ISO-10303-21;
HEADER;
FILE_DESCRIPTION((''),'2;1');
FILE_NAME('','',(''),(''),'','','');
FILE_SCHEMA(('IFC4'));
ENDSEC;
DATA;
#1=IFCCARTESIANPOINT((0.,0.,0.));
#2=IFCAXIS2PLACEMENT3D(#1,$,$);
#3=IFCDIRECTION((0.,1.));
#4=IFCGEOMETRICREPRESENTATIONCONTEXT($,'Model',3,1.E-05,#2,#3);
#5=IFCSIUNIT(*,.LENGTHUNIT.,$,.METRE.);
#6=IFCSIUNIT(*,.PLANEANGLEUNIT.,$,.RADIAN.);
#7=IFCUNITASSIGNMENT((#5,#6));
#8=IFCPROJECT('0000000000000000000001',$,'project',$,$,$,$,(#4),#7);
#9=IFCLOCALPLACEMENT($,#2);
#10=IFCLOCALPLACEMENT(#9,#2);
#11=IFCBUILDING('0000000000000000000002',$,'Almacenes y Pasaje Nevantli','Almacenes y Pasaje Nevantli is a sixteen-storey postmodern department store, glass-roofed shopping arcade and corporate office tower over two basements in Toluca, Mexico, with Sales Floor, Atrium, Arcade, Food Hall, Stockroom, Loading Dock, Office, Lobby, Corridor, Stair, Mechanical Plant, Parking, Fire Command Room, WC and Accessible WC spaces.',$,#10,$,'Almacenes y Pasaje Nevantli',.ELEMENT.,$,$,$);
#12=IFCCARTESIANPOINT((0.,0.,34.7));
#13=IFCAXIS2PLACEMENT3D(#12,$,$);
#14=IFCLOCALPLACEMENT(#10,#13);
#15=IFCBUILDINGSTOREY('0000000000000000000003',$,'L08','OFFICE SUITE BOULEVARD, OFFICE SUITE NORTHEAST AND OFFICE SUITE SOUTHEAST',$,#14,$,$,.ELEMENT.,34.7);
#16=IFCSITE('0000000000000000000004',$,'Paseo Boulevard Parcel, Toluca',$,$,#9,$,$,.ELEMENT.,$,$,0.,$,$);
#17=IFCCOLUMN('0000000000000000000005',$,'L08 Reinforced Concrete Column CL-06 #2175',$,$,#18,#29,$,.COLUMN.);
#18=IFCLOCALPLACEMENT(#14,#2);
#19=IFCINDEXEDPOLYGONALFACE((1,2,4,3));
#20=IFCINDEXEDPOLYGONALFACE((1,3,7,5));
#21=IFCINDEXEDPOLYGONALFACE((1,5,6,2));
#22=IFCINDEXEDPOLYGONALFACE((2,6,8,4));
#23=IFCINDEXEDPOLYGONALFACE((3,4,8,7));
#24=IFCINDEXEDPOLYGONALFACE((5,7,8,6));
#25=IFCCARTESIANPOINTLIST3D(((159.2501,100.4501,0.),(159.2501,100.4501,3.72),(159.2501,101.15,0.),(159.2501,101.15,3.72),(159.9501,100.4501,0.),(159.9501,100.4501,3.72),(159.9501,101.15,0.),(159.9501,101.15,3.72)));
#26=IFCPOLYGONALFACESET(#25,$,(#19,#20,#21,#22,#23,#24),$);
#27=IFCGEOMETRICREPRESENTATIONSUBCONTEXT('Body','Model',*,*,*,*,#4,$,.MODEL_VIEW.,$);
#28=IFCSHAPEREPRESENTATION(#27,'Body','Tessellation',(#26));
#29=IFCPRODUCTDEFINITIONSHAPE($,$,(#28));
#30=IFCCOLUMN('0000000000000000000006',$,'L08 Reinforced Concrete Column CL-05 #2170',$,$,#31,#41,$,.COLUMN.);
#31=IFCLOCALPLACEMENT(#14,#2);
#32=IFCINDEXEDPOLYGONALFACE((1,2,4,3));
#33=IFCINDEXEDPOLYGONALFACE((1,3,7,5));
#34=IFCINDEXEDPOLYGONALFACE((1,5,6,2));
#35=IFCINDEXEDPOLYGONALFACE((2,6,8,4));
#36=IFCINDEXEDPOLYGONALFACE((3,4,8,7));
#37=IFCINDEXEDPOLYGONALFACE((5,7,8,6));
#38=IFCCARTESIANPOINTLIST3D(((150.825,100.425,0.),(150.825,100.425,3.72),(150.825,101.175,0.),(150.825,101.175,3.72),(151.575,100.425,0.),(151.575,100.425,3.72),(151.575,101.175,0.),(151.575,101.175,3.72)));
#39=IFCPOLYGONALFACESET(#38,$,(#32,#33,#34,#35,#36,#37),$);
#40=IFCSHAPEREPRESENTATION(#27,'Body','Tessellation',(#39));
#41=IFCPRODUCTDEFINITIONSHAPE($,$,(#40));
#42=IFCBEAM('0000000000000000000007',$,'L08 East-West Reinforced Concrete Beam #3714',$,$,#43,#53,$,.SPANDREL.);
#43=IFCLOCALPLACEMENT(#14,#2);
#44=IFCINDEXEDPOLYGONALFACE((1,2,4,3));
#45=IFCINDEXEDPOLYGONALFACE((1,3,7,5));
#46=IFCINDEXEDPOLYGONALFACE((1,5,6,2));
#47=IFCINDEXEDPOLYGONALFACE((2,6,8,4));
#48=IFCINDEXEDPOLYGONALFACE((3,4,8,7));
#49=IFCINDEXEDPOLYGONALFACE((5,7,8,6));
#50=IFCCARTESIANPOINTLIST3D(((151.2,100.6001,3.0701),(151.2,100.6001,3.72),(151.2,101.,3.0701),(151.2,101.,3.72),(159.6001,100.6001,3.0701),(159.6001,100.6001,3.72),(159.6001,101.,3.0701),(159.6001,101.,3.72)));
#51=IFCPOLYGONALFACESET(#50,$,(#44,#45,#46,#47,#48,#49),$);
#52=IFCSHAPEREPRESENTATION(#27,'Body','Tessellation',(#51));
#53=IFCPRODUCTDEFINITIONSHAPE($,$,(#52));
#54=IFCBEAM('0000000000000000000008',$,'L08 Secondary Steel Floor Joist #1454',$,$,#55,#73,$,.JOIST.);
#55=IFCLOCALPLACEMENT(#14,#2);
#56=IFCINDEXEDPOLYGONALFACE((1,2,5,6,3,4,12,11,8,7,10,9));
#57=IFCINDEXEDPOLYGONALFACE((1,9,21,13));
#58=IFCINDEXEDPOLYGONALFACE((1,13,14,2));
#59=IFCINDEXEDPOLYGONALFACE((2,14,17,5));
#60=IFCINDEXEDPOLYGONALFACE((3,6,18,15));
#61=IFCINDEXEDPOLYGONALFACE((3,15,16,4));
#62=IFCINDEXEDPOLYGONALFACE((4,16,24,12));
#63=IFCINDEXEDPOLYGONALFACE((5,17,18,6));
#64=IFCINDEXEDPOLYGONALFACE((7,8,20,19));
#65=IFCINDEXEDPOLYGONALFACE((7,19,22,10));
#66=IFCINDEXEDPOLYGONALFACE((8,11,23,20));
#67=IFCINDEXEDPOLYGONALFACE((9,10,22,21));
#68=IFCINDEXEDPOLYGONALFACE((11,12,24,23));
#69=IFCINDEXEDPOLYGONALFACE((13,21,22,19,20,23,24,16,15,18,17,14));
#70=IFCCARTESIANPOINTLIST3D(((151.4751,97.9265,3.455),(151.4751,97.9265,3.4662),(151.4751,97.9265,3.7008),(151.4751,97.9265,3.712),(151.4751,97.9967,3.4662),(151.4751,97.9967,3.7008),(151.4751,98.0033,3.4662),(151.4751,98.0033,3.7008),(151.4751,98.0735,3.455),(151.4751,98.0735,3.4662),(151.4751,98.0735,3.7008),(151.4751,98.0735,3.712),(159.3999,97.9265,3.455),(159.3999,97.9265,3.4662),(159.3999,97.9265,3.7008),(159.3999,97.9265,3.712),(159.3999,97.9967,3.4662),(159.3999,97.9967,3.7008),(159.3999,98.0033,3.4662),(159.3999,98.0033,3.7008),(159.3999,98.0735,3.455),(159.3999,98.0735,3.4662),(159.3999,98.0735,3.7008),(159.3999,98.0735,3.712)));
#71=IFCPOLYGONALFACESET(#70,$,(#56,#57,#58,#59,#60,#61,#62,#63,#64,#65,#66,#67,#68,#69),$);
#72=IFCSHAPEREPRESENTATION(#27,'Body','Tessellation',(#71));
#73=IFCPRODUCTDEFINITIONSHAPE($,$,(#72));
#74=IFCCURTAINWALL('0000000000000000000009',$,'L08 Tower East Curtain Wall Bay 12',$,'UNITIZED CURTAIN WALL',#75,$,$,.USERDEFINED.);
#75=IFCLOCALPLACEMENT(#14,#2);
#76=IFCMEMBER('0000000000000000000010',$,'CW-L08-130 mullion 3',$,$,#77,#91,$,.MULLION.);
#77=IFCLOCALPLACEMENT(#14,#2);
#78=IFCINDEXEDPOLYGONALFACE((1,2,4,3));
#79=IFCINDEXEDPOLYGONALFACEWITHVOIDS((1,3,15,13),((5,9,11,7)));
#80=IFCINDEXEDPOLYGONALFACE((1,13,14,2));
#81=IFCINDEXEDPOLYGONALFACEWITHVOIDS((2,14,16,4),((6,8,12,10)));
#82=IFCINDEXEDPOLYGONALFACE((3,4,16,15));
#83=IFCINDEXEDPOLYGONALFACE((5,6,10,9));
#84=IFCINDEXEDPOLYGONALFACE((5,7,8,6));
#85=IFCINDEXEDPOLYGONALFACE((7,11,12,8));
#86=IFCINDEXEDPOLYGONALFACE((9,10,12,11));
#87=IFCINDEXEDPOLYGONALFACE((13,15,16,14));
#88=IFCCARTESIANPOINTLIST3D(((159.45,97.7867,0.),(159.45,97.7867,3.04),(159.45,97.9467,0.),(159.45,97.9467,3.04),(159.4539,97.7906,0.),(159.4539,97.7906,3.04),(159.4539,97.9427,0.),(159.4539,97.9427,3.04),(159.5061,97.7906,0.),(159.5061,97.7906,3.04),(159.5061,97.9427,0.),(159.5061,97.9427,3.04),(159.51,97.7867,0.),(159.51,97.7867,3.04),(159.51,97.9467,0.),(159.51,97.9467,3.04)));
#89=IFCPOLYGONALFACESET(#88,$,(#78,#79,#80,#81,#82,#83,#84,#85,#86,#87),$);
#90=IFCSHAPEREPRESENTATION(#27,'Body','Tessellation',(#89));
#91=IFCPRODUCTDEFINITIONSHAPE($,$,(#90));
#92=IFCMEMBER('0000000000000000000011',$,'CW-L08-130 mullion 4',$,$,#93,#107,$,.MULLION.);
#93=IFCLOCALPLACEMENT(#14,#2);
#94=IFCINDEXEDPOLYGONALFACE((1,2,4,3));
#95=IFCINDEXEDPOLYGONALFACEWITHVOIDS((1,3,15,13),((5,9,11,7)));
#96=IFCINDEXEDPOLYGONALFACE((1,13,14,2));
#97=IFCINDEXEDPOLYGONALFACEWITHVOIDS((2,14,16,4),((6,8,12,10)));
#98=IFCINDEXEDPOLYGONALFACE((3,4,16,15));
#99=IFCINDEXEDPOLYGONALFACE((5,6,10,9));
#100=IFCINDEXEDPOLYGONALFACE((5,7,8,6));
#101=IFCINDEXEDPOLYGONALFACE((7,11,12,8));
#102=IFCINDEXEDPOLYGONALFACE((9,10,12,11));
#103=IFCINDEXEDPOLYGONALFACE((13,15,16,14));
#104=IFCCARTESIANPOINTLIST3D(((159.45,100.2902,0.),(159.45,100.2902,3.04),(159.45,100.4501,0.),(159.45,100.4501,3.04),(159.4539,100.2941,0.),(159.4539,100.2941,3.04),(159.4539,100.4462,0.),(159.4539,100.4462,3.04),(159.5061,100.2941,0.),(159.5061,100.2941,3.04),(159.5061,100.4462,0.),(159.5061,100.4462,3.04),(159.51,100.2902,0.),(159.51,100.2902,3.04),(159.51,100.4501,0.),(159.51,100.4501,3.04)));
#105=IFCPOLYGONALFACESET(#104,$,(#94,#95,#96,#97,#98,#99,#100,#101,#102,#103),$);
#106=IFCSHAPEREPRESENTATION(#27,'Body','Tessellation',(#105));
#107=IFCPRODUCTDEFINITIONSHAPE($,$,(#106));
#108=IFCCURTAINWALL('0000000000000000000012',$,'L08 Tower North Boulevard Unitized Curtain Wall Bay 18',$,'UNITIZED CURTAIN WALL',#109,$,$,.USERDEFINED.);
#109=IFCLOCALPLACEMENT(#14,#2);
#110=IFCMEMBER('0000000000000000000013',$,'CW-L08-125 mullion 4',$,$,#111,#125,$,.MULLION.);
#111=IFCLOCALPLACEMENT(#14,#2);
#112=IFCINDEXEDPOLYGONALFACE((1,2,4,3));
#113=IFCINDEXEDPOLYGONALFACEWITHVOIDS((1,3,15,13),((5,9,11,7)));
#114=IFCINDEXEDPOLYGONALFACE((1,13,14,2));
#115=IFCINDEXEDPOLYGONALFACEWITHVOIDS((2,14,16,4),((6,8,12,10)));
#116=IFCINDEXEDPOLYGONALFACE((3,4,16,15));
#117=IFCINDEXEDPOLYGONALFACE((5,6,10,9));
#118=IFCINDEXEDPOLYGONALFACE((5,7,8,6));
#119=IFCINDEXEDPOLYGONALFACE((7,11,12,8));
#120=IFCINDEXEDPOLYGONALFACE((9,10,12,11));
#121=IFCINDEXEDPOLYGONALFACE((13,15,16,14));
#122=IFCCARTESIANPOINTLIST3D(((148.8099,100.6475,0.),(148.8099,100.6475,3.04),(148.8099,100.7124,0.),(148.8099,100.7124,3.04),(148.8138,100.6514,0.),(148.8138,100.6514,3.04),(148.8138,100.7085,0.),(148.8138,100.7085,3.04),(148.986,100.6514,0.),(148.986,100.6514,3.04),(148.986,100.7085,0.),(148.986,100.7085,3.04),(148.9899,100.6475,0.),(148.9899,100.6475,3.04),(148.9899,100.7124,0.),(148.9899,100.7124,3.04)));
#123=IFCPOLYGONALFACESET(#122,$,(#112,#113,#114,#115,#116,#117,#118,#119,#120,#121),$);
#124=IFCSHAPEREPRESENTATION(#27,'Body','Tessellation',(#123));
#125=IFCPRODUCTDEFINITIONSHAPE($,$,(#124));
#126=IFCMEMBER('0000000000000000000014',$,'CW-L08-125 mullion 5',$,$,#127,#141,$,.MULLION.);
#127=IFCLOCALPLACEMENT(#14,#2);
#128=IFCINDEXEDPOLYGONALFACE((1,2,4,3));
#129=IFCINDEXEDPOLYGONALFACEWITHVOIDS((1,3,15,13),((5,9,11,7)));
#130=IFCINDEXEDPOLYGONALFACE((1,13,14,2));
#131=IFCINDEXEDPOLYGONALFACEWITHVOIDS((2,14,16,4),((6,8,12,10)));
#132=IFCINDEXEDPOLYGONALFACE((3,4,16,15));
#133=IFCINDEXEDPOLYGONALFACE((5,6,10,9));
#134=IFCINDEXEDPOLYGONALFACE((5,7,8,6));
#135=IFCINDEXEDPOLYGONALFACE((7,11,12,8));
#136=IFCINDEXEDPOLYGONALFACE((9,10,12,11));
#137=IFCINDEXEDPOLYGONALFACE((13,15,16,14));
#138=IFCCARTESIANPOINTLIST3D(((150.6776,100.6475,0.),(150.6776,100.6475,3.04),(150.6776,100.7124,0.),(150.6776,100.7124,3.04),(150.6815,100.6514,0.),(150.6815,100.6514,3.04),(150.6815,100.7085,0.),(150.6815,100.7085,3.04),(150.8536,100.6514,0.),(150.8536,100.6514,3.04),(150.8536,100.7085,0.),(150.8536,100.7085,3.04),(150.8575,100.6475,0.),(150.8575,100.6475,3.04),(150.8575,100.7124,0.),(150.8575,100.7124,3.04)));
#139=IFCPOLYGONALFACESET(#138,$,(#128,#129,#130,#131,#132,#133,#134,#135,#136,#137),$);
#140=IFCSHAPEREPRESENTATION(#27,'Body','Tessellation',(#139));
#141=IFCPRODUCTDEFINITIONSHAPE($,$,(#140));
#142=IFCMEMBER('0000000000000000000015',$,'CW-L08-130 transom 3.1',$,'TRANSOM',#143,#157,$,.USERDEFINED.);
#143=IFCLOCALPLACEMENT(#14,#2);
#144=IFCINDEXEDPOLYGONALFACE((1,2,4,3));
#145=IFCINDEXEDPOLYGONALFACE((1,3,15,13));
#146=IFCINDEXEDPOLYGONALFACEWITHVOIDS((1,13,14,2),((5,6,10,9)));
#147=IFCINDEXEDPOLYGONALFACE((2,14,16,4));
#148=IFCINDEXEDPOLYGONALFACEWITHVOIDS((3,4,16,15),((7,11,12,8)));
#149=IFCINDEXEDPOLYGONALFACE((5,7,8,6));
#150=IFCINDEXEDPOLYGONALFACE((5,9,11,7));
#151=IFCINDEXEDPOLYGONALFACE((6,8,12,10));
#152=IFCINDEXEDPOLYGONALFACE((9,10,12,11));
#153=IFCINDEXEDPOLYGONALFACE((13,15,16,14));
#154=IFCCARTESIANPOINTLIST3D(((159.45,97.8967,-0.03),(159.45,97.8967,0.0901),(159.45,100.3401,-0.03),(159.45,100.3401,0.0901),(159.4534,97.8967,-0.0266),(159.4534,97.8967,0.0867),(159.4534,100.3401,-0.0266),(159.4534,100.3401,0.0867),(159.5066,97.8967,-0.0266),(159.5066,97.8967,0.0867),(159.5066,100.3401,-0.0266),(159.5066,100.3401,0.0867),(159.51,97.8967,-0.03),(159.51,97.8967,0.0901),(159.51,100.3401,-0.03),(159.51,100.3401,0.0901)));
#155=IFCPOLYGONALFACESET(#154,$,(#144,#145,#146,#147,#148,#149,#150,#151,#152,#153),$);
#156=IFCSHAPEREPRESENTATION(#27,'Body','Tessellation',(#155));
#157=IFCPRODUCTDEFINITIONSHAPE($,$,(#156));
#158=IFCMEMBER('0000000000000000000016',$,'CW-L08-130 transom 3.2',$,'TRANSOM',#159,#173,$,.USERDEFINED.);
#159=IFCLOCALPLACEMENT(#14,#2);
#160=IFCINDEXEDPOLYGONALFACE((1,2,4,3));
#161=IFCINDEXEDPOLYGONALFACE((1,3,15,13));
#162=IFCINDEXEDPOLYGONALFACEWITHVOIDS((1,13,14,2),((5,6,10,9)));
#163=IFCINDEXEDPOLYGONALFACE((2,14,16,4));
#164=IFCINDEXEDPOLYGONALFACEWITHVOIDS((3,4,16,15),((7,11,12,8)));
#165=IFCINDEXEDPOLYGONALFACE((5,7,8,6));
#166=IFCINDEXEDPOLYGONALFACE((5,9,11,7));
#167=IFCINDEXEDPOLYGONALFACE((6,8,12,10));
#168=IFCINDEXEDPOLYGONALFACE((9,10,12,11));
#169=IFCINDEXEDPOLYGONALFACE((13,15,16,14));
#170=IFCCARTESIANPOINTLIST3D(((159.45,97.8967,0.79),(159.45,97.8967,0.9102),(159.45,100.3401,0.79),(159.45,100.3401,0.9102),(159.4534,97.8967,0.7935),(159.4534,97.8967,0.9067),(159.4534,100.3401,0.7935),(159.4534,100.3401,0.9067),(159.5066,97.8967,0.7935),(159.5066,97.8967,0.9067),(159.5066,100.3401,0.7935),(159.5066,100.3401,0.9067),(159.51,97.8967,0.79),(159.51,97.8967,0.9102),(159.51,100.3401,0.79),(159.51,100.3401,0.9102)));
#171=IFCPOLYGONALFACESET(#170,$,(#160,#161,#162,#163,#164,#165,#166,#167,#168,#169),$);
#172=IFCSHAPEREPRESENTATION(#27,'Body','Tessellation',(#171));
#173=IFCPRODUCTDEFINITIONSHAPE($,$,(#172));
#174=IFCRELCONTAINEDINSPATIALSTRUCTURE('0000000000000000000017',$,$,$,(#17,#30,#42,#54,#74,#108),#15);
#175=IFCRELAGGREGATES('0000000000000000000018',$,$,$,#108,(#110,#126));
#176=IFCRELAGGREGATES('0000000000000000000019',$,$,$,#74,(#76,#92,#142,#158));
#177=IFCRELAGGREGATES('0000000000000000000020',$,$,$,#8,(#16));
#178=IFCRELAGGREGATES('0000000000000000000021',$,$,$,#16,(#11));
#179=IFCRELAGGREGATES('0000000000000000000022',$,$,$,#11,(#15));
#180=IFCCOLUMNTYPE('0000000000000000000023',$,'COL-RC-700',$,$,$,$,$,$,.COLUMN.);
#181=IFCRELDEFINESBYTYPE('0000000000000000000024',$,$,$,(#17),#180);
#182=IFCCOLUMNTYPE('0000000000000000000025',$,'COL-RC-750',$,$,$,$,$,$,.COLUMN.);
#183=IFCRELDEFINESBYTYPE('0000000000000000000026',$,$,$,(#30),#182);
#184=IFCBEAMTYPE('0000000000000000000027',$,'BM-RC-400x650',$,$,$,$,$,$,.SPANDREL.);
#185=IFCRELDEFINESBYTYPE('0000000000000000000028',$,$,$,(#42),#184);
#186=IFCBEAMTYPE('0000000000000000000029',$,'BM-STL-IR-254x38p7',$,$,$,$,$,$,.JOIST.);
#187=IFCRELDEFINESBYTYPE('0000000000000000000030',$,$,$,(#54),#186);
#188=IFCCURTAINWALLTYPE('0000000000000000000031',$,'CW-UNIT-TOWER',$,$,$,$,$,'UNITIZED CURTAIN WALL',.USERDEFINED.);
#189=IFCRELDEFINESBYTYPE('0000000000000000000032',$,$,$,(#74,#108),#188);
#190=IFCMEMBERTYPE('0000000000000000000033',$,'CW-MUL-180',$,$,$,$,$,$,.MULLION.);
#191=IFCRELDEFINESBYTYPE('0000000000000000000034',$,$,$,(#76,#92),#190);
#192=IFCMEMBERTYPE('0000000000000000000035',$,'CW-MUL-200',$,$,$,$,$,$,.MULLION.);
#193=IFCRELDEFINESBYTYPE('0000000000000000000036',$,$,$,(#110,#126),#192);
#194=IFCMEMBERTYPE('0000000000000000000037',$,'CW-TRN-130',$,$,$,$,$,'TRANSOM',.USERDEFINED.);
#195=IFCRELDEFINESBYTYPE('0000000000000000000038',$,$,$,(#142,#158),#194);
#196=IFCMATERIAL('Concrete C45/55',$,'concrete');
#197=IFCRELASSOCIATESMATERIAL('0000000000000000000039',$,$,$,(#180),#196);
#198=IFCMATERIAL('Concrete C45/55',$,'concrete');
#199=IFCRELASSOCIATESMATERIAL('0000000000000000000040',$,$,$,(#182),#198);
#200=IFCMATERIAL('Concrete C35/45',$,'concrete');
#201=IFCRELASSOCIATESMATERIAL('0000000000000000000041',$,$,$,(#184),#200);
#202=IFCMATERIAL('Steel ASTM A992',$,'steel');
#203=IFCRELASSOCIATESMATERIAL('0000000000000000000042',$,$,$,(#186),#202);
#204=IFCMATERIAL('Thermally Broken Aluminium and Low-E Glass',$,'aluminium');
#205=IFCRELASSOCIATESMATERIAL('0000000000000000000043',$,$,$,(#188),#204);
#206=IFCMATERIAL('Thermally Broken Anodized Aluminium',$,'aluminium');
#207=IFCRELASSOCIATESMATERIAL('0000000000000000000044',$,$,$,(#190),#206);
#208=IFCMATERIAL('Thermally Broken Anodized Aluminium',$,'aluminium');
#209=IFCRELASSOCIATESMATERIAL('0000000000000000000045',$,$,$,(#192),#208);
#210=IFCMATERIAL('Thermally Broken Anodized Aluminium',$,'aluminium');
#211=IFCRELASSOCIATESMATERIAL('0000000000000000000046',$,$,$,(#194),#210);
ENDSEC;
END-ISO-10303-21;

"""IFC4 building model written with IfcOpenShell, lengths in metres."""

from ifc_helpers import new_model, si_unit, direction, frame, origin, origin_2d, place, context, subcontext, project, spatial, rectangle, hollow_rectangle, i_section, extrude, material, material_profile, profile_set, type_object, element, aggregate, save


model = new_model("IFC4")

# Units and contexts
model_context = context("Model", 3, precision=1e-05, world=origin(), true_north=direction((0.0, 1.0)))
body_context = subcontext(model_context, "Body", "Model", "MODEL_VIEW")
ifc_project = project(units=[si_unit("LENGTHUNIT", "METRE"), si_unit("PLANEANGLEUNIT", "RADIAN")], contexts=[model_context])

# Site, building, storey
site_placement = place(None, origin())
site = spatial("IfcSite", under=ifc_project, at=site_placement, Name="Paseo Boulevard Parcel, Toluca", CompositionType="ELEMENT", RefElevation=0.0)
building_placement = place(site_placement, origin())
building = spatial("IfcBuilding", under=site, at=building_placement, Name="Almacenes y Pasaje Nevantli", Description="Almacenes y Pasaje Nevantli is a sixteen-storey postmodern department store, glass-roofed shopping arcade and corporate office tower over two basements in Toluca, Mexico, with Sales Floor, Atrium, Arcade, Food Hall, Stockroom, Loading Dock, Office, Lobby, Corridor, Stair, Mechanical Plant, Parking, Fire Command Room, WC and Accessible WC spaces.", LongName="Almacenes y Pasaje Nevantli", CompositionType="ELEMENT")
storey_placement = place(building_placement, frame((0.0, 0.0, 34.7)))
storey = spatial("IfcBuildingStorey", under=building, at=storey_placement, Name="L08", Description="OFFICE SUITE BOULEVARD, OFFICE SUITE NORTHEAST AND OFFICE SUITE SOUTHEAST", CompositionType="ELEMENT", Elevation=34.7)

# Columns
ifc_material_1 = material(Name="Concrete C45/55", Category="concrete")
ifc_material_profile_1 = material_profile(ifc_material_1, rectangle(XDim=0.7, YDim=0.7, at=origin_2d()), Name="RC-COL-700x700")
ifc_profile_set_1 = profile_set([ifc_material_profile_1], Name="Concrete C45/55")
column_type_1 = type_object("IfcColumnType", Name="COL-RC-700", PredefinedType="COLUMN", material=ifc_profile_set_1)
column_1_placement = place(storey_placement, frame((159.6001, 100.8, 0.0), z_axis=(0.0, 0.0, 1.0), x_axis=(1.0, 0.0, 0.0)))
element("IfcColumn", 1, at=column_1_placement, inside=storey, type_object=column_type_1, Name="L08 Reinforced Concrete Column CL-06 #2175", PredefinedType="COLUMN", context=body_context, shape_type="SweptSolid", body=[
    extrude(rectangle(XDim=0.7, YDim=0.7, at=origin_2d()), origin(), (0.0, 0.0, 1.0), 3.72),
])
ifc_material_2 = material(Name="Concrete C45/55", Category="concrete")
ifc_material_profile_2 = material_profile(ifc_material_2, rectangle(XDim=0.75, YDim=0.75, at=origin_2d()), Name="RC-COL-750x750")
ifc_profile_set_2 = profile_set([ifc_material_profile_2], Name="Concrete C45/55")
column_type_2 = type_object("IfcColumnType", Name="COL-RC-750", PredefinedType="COLUMN", material=ifc_profile_set_2)
column_2_placement = place(storey_placement, frame((151.2, 100.8, 0.0), z_axis=(0.0, 0.0, 1.0), x_axis=(1.0, 0.0, 0.0)))
element("IfcColumn", 2, at=column_2_placement, inside=storey, type_object=column_type_2, Name="L08 Reinforced Concrete Column CL-05 #2170", PredefinedType="COLUMN", context=body_context, shape_type="SweptSolid", body=[
    extrude(rectangle(XDim=0.75, YDim=0.75, at=origin_2d()), origin(), (0.0, 0.0, 1.0), 3.72),
])

# Beams
ifc_material_3 = material(Name="Concrete C35/45", Category="concrete")
ifc_material_profile_3 = material_profile(ifc_material_3, rectangle(XDim=0.3999, YDim=0.6499, at=origin_2d()), Name="RC-BM-400x650")
ifc_profile_set_3 = profile_set([ifc_material_profile_3], Name="Concrete C35/45")
beam_type_1 = type_object("IfcBeamType", Name="BM-RC-400x650", PredefinedType="SPANDREL", material=ifc_profile_set_3)
beam_1_placement = place(storey_placement, frame((151.2, 100.8, 3.395), z_axis=(1.0, 0.0, 0.0), x_axis=(0.0, 1.0, 0.0)))
element("IfcBeam", 3, at=beam_1_placement, inside=storey, type_object=beam_type_1, Name="L08 East-West Reinforced Concrete Beam #3714", PredefinedType="SPANDREL", context=body_context, shape_type="SweptSolid", body=[
    extrude(rectangle(XDim=0.3999, YDim=0.6499, at=origin_2d()), origin(), (0.0, 0.0, 1.0), 8.4001),
])
ifc_material_4 = material(Name="Steel ASTM A992", Category="steel")
ifc_material_profile_4 = material_profile(ifc_material_4, i_section(OverallWidth=0.147, OverallDepth=0.2571, WebThickness=0.0066, FlangeThickness=0.0112, at=origin_2d()), Name="IR 254x38.7")
ifc_profile_set_4 = profile_set([ifc_material_profile_4], Name="Steel ASTM A992")
beam_type_2 = type_object("IfcBeamType", Name="BM-STL-IR-254x38p7", PredefinedType="JOIST", material=ifc_profile_set_4)
beam_2_placement = place(storey_placement, frame((151.4751, 98.0, 3.5835), z_axis=(1.0, 0.0, 0.0), x_axis=(0.0, 1.0, 0.0)))
element("IfcBeam", 4, at=beam_2_placement, inside=storey, type_object=beam_type_2, Name="L08 Secondary Steel Floor Joist #1454", PredefinedType="JOIST", context=body_context, shape_type="SweptSolid", body=[
    extrude(i_section(OverallWidth=0.147, OverallDepth=0.2571, WebThickness=0.0066, FlangeThickness=0.0112, at=origin_2d()), origin(), (0.0, 0.0, 1.0), 7.9248),
])

# Curtain walls, members
ifc_material_5 = material(Name="Thermally Broken Aluminium and Low-E Glass", Category="aluminium")
curtain_wall_type = type_object("IfcCurtainWallType", Name="CW-UNIT-TOWER", ElementType="UNITIZED CURTAIN WALL", PredefinedType="USERDEFINED", material=ifc_material_5)
curtain_wall_1_placement = place(storey_placement, origin())
curtain_wall_1 = element("IfcCurtainWall", 5, at=curtain_wall_1_placement, inside=storey, type_object=curtain_wall_type, Name="L08 Tower East Curtain Wall Bay 12", ObjectType="UNITIZED CURTAIN WALL", PredefinedType="USERDEFINED")
ifc_material_6 = material(Name="Thermally Broken Anodized Aluminium", Category="aluminium")
ifc_material_profile_5 = material_profile(ifc_material_6, hollow_rectangle(XDim=0.0601, YDim=0.1599, WallThickness=0.0039, at=origin_2d()), Name="ALU-MUL-60x160")
ifc_profile_set_5 = profile_set([ifc_material_profile_5], Name="Thermally Broken Anodized Aluminium")
member_type_1 = type_object("IfcMemberType", Name="CW-MUL-180", PredefinedType="MULLION", material=ifc_profile_set_5)
member_1_placement = place(storey_placement, frame((159.48, 97.8667, 0.0), z_axis=(0.0, 0.0, 1.0), x_axis=(-1.0, 0.0, 0.0)))
member_1 = element("IfcMember", 6, at=member_1_placement, type_object=member_type_1, Name="CW-L08-130 mullion 3", PredefinedType="MULLION", context=body_context, shape_type="SweptSolid", body=[
    extrude(hollow_rectangle(XDim=0.0601, YDim=0.1599, WallThickness=0.0039, at=origin_2d()), origin(), (0.0, 0.0, 1.0), 3.04),
])
member_2_placement = place(storey_placement, frame((159.48, 100.3701, 0.0), z_axis=(0.0, 0.0, 1.0), x_axis=(-1.0, 0.0, 0.0)))
member_2 = element("IfcMember", 7, at=member_2_placement, type_object=member_type_1, Name="CW-L08-130 mullion 4", PredefinedType="MULLION", context=body_context, shape_type="SweptSolid", body=[
    extrude(hollow_rectangle(XDim=0.0601, YDim=0.1599, WallThickness=0.0039, at=origin_2d()), origin(), (0.0, 0.0, 1.0), 3.04),
])
curtain_wall_2_placement = place(storey_placement, origin())
curtain_wall_2 = element("IfcCurtainWall", 8, at=curtain_wall_2_placement, inside=storey, type_object=curtain_wall_type, Name="L08 Tower North Boulevard Unitized Curtain Wall Bay 18", ObjectType="UNITIZED CURTAIN WALL", PredefinedType="USERDEFINED")
ifc_material_7 = material(Name="Thermally Broken Anodized Aluminium", Category="aluminium")
ifc_material_profile_6 = material_profile(ifc_material_7, hollow_rectangle(XDim=0.0649, YDim=0.1799, WallThickness=0.0039, at=origin_2d()), Name="ALU-MUL-65x180")
ifc_profile_set_6 = profile_set([ifc_material_profile_6], Name="Thermally Broken Anodized Aluminium")
member_type_2 = type_object("IfcMemberType", Name="CW-MUL-200", PredefinedType="MULLION", material=ifc_profile_set_6)
member_3_placement = place(storey_placement, frame((148.8999, 100.6799, 0.0), z_axis=(0.0, 0.0, 1.0), x_axis=(0.0, 1.0, 0.0)))
member_3 = element("IfcMember", 9, at=member_3_placement, type_object=member_type_2, Name="CW-L08-125 mullion 4", PredefinedType="MULLION", context=body_context, shape_type="SweptSolid", body=[
    extrude(hollow_rectangle(XDim=0.0649, YDim=0.1799, WallThickness=0.0039, at=origin_2d()), origin(), (0.0, 0.0, 1.0), 3.04),
])
member_4_placement = place(storey_placement, frame((150.7676, 100.6799, 0.0), z_axis=(0.0, 0.0, 1.0), x_axis=(0.0, 1.0, 0.0)))
member_4 = element("IfcMember", 10, at=member_4_placement, type_object=member_type_2, Name="CW-L08-125 mullion 5", PredefinedType="MULLION", context=body_context, shape_type="SweptSolid", body=[
    extrude(hollow_rectangle(XDim=0.0649, YDim=0.1799, WallThickness=0.0039, at=origin_2d()), origin(), (0.0, 0.0, 1.0), 3.04),
])

# Members
ifc_material_8 = material(Name="Thermally Broken Anodized Aluminium", Category="aluminium")
ifc_material_profile_7 = material_profile(ifc_material_8, hollow_rectangle(XDim=0.0601, YDim=0.1201, WallThickness=0.0034, at=origin_2d()), Name="ALU-TRN-60x120")
ifc_profile_set_7 = profile_set([ifc_material_profile_7], Name="Thermally Broken Anodized Aluminium")
member_type_3 = type_object("IfcMemberType", Name="CW-TRN-130", ElementType="TRANSOM", PredefinedType="USERDEFINED", material=ifc_profile_set_7)
member_5_placement = place(storey_placement, frame((159.48, 97.8967, 0.03), z_axis=(0.0, 1.0, 0.0), x_axis=(-1.0, 0.0, 0.0)))
member_5 = element("IfcMember", 11, at=member_5_placement, type_object=member_type_3, Name="CW-L08-130 transom 3.1", ObjectType="TRANSOM", PredefinedType="USERDEFINED", context=body_context, shape_type="SweptSolid", body=[
    extrude(hollow_rectangle(XDim=0.0601, YDim=0.1201, WallThickness=0.0034, at=origin_2d()), origin(), (0.0, 0.0, 1.0), 2.4434),
])
member_6_placement = place(storey_placement, frame((159.48, 97.8967, 0.8501), z_axis=(0.0, 1.0, 0.0), x_axis=(-1.0, 0.0, 0.0)))
member_6 = element("IfcMember", 12, at=member_6_placement, type_object=member_type_3, Name="CW-L08-130 transom 3.2", ObjectType="TRANSOM", PredefinedType="USERDEFINED", context=body_context, shape_type="SweptSolid", body=[
    extrude(hollow_rectangle(XDim=0.0601, YDim=0.1201, WallThickness=0.0034, at=origin_2d()), origin(), (0.0, 0.0, 1.0), 2.4434),
])

aggregate(curtain_wall_2, [member_3, member_4])
aggregate(curtain_wall_1, [member_1, member_2, member_5, member_6])

save(model, "model.ifc")
